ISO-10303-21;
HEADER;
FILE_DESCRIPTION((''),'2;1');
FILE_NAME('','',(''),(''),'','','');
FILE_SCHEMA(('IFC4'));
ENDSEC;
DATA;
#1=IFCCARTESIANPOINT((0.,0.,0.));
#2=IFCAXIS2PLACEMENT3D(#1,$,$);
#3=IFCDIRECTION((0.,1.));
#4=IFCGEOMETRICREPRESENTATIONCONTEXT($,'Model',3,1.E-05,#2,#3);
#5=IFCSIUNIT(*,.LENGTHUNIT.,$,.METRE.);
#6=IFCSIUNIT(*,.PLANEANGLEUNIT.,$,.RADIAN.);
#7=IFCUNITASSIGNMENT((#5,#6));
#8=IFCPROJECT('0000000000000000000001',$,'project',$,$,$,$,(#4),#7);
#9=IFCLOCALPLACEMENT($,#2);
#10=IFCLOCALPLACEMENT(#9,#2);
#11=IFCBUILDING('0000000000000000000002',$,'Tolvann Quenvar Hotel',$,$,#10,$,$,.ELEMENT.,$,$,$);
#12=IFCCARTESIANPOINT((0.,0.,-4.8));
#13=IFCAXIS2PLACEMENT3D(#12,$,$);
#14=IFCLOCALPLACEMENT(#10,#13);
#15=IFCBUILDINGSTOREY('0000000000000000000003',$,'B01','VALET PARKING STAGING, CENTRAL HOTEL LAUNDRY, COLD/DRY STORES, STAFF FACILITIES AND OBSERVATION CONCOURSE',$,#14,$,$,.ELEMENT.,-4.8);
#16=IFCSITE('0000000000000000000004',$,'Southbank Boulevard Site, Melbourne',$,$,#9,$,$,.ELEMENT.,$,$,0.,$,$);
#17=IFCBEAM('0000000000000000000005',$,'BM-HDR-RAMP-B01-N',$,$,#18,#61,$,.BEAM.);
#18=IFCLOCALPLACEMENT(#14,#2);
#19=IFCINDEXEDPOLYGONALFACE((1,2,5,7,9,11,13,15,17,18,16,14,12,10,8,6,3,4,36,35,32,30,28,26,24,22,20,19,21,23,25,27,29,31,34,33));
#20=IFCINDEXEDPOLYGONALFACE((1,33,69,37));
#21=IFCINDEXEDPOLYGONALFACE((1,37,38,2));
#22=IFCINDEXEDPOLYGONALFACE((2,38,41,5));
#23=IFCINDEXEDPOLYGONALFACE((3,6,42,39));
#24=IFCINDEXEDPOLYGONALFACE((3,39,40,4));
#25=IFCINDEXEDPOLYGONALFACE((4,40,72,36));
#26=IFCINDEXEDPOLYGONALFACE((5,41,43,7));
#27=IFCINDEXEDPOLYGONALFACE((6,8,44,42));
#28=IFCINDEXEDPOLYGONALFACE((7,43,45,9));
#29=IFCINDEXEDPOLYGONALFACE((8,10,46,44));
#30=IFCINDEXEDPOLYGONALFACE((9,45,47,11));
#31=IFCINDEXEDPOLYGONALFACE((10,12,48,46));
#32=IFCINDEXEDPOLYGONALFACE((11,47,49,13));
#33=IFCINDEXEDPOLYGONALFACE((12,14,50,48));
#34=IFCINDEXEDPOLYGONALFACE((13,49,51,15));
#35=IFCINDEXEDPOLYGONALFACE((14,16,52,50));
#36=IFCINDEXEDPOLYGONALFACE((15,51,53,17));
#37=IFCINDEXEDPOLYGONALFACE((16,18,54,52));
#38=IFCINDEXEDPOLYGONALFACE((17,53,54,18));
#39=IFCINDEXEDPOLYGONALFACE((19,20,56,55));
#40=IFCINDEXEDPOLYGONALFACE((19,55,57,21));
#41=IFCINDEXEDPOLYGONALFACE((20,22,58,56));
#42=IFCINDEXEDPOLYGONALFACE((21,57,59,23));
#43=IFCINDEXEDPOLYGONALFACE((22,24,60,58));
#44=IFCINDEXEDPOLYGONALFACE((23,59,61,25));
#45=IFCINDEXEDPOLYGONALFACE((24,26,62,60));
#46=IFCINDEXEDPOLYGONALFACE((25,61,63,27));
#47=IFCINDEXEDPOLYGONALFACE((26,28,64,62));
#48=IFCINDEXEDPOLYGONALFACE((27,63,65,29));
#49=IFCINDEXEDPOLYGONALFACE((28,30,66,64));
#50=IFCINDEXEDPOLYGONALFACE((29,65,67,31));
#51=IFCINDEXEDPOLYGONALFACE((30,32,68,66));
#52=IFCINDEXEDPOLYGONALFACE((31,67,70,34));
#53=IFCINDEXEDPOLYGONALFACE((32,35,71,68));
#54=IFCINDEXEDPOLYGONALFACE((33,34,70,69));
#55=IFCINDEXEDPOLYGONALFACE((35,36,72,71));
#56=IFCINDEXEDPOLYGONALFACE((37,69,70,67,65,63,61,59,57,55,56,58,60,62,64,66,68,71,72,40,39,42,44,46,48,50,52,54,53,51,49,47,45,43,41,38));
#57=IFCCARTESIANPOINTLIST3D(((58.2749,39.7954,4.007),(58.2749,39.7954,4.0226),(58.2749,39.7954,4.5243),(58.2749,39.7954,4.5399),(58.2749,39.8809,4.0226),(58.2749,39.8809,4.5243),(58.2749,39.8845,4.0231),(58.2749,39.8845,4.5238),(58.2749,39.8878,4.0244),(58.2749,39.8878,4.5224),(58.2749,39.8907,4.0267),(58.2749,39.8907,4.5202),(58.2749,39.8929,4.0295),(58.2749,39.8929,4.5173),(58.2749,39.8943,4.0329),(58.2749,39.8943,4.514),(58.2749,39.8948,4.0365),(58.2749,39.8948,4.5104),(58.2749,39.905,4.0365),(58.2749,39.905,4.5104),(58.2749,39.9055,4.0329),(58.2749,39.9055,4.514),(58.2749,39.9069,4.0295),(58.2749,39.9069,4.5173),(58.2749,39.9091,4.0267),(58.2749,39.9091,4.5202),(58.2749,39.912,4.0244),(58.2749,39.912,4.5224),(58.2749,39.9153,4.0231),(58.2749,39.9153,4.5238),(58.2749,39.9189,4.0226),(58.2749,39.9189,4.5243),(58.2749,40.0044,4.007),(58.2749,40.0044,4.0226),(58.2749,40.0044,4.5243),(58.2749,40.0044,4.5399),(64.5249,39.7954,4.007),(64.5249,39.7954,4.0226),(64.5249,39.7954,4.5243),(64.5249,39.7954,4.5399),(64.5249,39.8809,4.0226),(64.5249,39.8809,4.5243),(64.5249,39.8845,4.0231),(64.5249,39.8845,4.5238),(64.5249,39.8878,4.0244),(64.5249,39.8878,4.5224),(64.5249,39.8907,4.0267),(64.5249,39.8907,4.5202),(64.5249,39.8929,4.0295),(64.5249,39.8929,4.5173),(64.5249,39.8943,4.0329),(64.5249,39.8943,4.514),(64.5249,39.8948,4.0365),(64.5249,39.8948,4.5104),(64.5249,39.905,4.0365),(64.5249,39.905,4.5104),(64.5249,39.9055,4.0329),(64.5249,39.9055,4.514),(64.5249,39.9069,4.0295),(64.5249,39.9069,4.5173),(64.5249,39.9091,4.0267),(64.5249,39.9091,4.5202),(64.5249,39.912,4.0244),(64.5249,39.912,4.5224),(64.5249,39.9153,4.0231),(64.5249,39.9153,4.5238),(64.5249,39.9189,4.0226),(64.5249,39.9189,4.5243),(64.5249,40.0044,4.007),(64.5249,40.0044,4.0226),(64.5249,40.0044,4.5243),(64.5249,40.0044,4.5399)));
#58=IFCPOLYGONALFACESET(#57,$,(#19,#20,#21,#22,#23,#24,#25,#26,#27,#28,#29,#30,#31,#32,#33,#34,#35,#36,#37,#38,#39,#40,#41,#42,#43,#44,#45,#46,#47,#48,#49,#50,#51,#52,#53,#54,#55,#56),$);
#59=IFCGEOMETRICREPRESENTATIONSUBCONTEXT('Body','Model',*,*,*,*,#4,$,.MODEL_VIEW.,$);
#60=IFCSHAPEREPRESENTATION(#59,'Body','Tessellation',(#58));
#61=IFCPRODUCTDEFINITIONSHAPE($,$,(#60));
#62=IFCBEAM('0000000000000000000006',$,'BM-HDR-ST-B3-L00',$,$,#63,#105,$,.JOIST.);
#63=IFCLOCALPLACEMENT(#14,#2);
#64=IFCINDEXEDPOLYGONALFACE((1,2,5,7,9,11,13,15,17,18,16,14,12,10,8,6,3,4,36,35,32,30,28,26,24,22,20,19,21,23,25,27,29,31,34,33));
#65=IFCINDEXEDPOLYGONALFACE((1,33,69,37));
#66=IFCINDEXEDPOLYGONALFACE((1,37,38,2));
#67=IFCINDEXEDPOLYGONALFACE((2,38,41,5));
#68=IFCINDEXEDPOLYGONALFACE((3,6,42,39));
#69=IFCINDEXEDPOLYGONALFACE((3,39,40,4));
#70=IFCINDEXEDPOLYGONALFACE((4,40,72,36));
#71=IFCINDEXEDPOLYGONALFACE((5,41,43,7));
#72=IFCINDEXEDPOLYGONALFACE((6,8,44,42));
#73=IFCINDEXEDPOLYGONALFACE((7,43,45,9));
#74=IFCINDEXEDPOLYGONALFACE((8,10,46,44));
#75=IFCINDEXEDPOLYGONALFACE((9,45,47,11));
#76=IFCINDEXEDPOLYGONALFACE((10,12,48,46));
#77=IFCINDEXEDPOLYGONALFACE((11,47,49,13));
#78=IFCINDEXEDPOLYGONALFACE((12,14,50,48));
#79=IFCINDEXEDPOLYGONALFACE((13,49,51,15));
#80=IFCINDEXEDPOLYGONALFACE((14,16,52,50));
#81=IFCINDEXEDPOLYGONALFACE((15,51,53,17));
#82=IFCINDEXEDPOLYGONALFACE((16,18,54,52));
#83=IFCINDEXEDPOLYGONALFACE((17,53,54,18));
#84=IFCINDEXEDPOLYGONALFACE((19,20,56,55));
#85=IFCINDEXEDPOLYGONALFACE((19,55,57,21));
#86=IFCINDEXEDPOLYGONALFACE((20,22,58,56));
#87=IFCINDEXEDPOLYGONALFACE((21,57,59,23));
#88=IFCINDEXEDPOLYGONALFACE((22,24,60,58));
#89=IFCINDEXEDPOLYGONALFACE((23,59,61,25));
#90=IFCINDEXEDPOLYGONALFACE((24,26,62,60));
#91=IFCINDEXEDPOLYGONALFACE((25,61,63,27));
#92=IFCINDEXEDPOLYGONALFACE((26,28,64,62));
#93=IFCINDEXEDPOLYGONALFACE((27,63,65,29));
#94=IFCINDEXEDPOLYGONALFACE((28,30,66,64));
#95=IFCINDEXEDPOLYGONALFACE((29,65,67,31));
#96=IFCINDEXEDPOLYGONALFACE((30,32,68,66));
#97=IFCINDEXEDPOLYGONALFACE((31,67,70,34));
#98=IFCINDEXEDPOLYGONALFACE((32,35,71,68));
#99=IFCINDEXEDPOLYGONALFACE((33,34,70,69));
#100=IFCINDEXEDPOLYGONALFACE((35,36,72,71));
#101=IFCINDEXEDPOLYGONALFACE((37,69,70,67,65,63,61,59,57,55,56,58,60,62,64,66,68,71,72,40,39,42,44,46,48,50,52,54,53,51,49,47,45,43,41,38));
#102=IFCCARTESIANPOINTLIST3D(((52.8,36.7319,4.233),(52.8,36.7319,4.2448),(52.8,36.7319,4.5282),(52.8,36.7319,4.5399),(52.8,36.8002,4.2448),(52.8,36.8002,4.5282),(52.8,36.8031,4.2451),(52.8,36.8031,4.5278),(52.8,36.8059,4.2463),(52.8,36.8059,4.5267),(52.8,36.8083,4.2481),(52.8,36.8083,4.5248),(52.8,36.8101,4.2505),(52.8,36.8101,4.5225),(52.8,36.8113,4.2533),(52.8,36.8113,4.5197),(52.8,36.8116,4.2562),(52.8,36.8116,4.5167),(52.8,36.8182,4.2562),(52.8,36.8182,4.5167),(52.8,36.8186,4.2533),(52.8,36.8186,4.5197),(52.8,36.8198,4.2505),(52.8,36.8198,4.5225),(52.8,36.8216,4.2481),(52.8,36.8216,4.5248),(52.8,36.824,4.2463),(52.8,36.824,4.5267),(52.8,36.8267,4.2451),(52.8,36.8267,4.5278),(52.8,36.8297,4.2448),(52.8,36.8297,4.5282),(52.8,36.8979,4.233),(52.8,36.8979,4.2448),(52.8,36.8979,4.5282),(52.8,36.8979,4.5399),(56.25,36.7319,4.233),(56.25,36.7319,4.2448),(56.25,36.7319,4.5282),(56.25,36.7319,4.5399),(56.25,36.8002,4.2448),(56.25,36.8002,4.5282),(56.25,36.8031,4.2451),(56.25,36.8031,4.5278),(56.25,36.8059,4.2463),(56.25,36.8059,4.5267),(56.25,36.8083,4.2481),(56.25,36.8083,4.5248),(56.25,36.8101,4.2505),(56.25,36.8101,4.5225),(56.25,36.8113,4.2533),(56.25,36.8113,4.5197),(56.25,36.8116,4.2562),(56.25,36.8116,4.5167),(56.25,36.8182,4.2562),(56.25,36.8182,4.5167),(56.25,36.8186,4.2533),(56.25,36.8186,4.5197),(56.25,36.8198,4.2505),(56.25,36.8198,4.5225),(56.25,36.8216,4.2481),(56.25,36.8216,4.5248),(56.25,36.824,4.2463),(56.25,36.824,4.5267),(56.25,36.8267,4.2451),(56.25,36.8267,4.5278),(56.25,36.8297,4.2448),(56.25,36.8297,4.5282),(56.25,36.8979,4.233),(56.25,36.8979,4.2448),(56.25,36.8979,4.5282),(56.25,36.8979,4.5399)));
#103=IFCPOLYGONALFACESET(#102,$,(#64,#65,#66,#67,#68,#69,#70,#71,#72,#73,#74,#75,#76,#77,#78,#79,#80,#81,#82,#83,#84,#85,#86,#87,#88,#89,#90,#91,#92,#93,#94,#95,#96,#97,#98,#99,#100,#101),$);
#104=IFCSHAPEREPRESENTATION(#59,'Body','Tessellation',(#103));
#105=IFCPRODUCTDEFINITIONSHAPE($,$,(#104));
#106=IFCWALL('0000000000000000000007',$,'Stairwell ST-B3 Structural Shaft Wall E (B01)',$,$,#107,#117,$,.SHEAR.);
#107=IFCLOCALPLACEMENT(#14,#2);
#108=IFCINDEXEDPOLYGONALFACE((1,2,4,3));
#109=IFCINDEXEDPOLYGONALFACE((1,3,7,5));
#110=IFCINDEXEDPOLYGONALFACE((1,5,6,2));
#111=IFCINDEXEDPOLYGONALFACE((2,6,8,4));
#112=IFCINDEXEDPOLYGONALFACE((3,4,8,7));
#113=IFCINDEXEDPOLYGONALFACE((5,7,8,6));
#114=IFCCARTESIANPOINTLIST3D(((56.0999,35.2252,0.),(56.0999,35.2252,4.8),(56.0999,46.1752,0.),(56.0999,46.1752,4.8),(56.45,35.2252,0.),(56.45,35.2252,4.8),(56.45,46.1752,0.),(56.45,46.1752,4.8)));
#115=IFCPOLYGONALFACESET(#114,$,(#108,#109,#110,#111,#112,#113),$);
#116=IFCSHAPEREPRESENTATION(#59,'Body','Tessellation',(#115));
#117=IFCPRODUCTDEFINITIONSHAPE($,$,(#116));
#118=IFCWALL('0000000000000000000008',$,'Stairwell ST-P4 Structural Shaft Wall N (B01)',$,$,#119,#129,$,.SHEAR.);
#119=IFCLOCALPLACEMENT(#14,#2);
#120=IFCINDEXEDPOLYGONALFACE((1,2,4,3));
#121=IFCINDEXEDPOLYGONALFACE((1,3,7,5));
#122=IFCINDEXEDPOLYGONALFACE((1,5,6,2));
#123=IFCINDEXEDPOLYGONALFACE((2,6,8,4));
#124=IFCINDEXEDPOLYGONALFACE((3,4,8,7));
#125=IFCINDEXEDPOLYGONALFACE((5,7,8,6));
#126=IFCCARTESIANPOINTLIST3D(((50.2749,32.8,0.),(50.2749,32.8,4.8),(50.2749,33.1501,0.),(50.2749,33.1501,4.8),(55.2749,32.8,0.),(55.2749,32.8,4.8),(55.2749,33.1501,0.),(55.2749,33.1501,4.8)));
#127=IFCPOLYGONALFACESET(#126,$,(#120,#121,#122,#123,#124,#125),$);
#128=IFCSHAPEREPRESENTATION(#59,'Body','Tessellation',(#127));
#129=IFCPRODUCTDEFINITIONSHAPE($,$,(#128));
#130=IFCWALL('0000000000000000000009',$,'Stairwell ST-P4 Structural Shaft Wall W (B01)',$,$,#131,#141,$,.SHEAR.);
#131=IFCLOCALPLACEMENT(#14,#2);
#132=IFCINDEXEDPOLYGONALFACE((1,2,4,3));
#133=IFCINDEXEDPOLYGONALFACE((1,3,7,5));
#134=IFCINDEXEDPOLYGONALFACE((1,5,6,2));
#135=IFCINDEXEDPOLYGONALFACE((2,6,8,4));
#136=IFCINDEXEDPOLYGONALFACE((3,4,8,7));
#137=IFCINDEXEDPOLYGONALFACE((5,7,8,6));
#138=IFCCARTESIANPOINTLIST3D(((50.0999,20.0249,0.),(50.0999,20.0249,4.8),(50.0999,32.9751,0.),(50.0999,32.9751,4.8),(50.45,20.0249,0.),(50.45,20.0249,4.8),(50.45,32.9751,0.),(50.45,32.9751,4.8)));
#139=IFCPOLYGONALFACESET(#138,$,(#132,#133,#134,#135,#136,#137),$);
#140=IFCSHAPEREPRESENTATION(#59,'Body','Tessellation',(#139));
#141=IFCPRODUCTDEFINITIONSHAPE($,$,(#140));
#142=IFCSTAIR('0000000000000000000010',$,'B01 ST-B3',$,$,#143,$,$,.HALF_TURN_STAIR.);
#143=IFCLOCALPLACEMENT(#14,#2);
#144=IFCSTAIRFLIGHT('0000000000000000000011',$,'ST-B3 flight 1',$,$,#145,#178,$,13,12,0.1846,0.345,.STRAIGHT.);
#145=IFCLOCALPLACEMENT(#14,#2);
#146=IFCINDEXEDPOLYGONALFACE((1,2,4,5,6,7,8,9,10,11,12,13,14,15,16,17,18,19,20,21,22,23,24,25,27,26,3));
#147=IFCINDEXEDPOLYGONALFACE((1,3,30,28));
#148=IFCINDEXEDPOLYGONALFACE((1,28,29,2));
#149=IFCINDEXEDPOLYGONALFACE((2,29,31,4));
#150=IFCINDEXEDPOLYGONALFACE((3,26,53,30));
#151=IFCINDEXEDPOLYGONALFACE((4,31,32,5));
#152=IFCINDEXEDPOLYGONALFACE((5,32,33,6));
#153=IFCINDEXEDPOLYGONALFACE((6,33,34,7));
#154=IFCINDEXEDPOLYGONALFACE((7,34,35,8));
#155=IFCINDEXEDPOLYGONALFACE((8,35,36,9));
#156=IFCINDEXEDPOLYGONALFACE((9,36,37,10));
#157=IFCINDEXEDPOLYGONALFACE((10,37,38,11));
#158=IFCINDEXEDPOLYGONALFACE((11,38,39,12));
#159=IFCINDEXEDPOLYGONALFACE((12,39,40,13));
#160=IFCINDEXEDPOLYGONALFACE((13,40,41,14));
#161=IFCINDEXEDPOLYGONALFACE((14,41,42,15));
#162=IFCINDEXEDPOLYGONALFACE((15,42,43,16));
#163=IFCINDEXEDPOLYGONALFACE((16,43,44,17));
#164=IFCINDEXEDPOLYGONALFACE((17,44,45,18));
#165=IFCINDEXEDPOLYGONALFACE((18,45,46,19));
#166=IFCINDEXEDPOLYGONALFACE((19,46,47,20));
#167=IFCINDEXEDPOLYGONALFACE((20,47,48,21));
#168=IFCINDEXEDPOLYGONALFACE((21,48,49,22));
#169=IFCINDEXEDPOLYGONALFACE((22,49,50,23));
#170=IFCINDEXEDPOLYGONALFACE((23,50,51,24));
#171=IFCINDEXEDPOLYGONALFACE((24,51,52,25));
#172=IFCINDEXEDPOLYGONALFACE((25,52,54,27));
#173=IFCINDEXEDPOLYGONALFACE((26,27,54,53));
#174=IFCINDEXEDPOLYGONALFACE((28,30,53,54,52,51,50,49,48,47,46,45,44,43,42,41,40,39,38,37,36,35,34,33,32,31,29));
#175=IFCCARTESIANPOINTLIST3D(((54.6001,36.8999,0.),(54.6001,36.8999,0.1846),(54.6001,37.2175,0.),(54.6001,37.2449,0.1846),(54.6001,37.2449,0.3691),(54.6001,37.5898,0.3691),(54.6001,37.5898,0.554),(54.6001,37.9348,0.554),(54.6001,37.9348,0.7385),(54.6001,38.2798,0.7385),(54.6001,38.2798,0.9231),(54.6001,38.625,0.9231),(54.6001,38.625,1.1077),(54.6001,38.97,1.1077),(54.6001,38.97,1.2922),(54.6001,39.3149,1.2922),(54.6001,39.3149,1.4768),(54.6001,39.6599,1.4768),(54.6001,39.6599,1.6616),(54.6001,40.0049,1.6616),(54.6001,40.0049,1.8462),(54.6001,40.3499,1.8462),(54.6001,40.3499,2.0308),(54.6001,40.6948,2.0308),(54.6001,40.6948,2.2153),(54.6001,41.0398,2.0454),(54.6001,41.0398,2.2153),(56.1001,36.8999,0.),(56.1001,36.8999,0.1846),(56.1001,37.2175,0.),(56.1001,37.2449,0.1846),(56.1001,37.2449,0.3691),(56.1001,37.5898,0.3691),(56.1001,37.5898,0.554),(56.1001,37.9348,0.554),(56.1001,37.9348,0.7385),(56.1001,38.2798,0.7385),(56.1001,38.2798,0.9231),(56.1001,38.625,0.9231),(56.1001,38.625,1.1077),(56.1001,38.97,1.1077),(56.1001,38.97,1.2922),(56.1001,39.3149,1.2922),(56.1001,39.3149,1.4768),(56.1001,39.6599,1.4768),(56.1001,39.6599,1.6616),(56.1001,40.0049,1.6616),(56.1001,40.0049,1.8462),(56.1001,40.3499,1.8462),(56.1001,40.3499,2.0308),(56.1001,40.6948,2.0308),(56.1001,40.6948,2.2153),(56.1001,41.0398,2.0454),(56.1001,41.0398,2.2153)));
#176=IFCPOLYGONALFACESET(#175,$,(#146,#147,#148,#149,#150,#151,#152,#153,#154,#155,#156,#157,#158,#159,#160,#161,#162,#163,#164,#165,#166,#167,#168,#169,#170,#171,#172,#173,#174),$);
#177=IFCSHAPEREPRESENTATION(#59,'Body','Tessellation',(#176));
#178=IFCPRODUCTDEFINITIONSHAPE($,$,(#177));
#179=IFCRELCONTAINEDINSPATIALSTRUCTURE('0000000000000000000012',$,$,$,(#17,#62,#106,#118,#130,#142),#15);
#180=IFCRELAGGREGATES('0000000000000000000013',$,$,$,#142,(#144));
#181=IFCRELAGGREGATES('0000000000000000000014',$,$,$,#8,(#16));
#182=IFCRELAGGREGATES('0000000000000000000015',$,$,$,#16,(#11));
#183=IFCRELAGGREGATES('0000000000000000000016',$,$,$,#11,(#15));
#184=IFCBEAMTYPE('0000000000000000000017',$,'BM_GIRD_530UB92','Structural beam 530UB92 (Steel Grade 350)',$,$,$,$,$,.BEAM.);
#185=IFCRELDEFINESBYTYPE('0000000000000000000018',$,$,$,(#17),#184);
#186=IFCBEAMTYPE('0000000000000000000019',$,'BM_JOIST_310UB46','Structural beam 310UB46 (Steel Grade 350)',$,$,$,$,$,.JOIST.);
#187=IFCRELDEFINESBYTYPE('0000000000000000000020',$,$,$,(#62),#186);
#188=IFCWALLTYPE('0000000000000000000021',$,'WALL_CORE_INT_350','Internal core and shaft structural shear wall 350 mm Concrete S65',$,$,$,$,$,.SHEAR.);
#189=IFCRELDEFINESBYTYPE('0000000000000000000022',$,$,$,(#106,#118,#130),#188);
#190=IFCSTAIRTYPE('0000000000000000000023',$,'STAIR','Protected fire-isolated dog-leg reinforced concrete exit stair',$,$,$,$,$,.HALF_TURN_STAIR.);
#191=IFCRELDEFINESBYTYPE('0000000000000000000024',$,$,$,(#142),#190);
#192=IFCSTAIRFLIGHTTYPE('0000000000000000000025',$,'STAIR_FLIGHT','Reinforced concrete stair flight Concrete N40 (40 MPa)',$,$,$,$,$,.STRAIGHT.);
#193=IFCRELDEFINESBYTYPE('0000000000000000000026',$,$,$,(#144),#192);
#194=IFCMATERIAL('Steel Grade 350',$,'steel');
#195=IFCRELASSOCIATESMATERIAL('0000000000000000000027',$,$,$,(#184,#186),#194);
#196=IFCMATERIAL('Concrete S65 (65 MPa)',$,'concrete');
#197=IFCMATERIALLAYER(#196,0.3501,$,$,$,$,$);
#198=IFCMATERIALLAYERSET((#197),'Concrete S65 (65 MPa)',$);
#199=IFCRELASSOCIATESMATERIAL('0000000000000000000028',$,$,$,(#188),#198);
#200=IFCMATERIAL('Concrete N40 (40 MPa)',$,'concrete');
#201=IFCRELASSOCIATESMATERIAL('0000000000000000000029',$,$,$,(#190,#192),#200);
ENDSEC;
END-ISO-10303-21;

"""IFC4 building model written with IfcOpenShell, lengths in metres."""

from ifc_helpers import new_model, si_unit, direction, frame, frame_2d, origin, origin_2d, place, context, subcontext, project, spatial, polyline, rectangle, i_section, outline, extrude, source, transform, mapped, material, layer, layer_set, material_profile, profile_set, type_object, type_shapes, element, aggregate, save


model = new_model("IFC4")

# Units and contexts
model_context = context("Model", 3, precision=1e-05, world=origin(), true_north=direction((0.0, 1.0)))
body_context = subcontext(model_context, "Body", "Model", "MODEL_VIEW")
ifc_project = project(units=[si_unit("LENGTHUNIT", "METRE"), si_unit("PLANEANGLEUNIT", "RADIAN")], contexts=[model_context])

# Site, building, storey
site_placement = place(None, origin())
site = spatial("IfcSite", under=ifc_project, at=site_placement, Name="Southbank Boulevard Site, Melbourne", CompositionType="ELEMENT", RefElevation=0.0)
building_placement = place(site_placement, origin())
building = spatial("IfcBuilding", under=site, at=building_placement, Name="Tolvann Quenvar Hotel", CompositionType="ELEMENT")
storey_placement = place(building_placement, frame((0.0, 0.0, -4.8)))
storey = spatial("IfcBuildingStorey", under=building, at=storey_placement, Name="B01", Description="VALET PARKING STAGING, CENTRAL HOTEL LAUNDRY, COLD/DRY STORES, STAFF FACILITIES AND OBSERVATION CONCOURSE", CompositionType="ELEMENT", Elevation=-4.8)

# Beams
ifc_material_1 = material(Name="Steel Grade 350", Category="steel")
ifc_material_profile_1 = material_profile(ifc_material_1, i_section(OverallWidth=0.209, OverallDepth=0.533, WebThickness=0.0103, FlangeThickness=0.0156, FilletRadius=0.0139, at=origin_2d()), Name="530UB92")
ifc_profile_set_1 = profile_set([ifc_material_profile_1], Name="Steel Grade 350")
beam_type_1 = type_object("IfcBeamType", Name="BM_GIRD_530UB92", Description="Structural beam 530UB92 (Steel Grade 350)", PredefinedType="BEAM", material=ifc_profile_set_1)
shared_shape_1 = source(origin(), body_context, "Body", "SweptSolid", [
    extrude(i_section(OverallWidth=0.209, OverallDepth=0.533, WebThickness=0.0103, FlangeThickness=0.0156, FilletRadius=0.0139, at=origin_2d()), origin(), (0.0, 0.0, 1.0), 6.25),
])
type_shapes(beam_type_1, [shared_shape_1])
beam_1_placement = place(storey_placement, frame((58.2749, 39.8999, 4.2734), z_axis=(1.0, 0.0, 0.0), x_axis=(0.0, 1.0, 0.0)))
element("IfcBeam", 1, at=beam_1_placement, inside=storey, type_object=beam_type_1, Name="BM-HDR-RAMP-B01-N", PredefinedType="BEAM", context=body_context, shape_type="MappedRepresentation", body=[
    mapped(shared_shape_1, transform((0.0, 0.0, 0.0), x_axis=(1.0, 0.0, 0.0), y_axis=(0.0, 1.0, 0.0), z_axis=(0.0, 0.0, 1.0), scale=1.0)),
])
ifc_material_profile_2 = material_profile(ifc_material_1, i_section(OverallWidth=0.166, OverallDepth=0.3069, WebThickness=0.0066, FlangeThickness=0.0117, FilletRadius=0.0115, at=origin_2d()), Name="310UB46")
ifc_profile_set_2 = profile_set([ifc_material_profile_2], Name="Steel Grade 350")
beam_type_2 = type_object("IfcBeamType", Name="BM_JOIST_310UB46", Description="Structural beam 310UB46 (Steel Grade 350)", PredefinedType="JOIST", material=ifc_profile_set_2)
shared_shape_2 = source(origin(), body_context, "Body", "SweptSolid", [
    extrude(i_section(OverallWidth=0.166, OverallDepth=0.3069, WebThickness=0.0066, FlangeThickness=0.0117, FilletRadius=0.0115, at=origin_2d()), origin(), (0.0, 0.0, 1.0), 3.45),
])
type_shapes(beam_type_2, [shared_shape_2])
beam_2_placement = place(storey_placement, frame((52.8, 36.8149, 4.3865), z_axis=(1.0, 0.0, 0.0), x_axis=(0.0, 1.0, 0.0)))
element("IfcBeam", 2, at=beam_2_placement, inside=storey, type_object=beam_type_2, Name="BM-HDR-ST-B3-L00", PredefinedType="JOIST", context=body_context, shape_type="MappedRepresentation", body=[
    mapped(shared_shape_2, transform((0.0, 0.0, 0.0), x_axis=(1.0, 0.0, 0.0), y_axis=(0.0, 1.0, 0.0), z_axis=(0.0, 0.0, 1.0), scale=1.0)),
])

# Shared definitions
ifc_material_2 = material(Name="Concrete S65 (65 MPa)", Category="concrete")
ifc_layer = layer(ifc_material_2, 0.3501)
ifc_layer_set = layer_set([ifc_layer], Name="Concrete S65 (65 MPa)")
wall_type = type_object("IfcWallType", Name="WALL_CORE_INT_350", Description="Internal core and shaft structural shear wall 350 mm Concrete S65", PredefinedType="SHEAR", material=ifc_layer_set)

# Walls
wall_1_placement = place(storey_placement, frame((56.2749, 35.2251, 0.0), z_axis=(0.0, 0.0, 1.0), x_axis=(0.0, 1.0, 0.0)))
element("IfcWall", 3, at=wall_1_placement, inside=storey, type_object=wall_type, Name="Stairwell ST-B3 Structural Shaft Wall E (B01)", PredefinedType="SHEAR", context=body_context, shape_type="SweptSolid", body=[
    extrude(rectangle(XDim=10.95, YDim=0.3501, at=frame_2d((5.4751, 0.0))), origin(), (0.0, 0.0, 1.0), 4.8),
])
wall_2_placement = place(storey_placement, frame((55.2749, 32.9751, 0.0), z_axis=(0.0, 0.0, 1.0), x_axis=(-1.0, 0.0, 0.0)))
element("IfcWall", 4, at=wall_2_placement, inside=storey, type_object=wall_type, Name="Stairwell ST-P4 Structural Shaft Wall N (B01)", PredefinedType="SHEAR", context=body_context, shape_type="SweptSolid", body=[
    extrude(rectangle(XDim=5.0, YDim=0.3501, at=frame_2d((2.5, 0.0))), origin(), (0.0, 0.0, 1.0), 4.8),
])
wall_3_placement = place(storey_placement, frame((50.2749, 32.9751, 0.0), z_axis=(0.0, 0.0, 1.0), x_axis=(0.0, -1.0, 0.0)))
element("IfcWall", 5, at=wall_3_placement, inside=storey, type_object=wall_type, Name="Stairwell ST-P4 Structural Shaft Wall W (B01)", PredefinedType="SHEAR", context=body_context, shape_type="SweptSolid", body=[
    extrude(rectangle(XDim=12.9502, YDim=0.3501, at=frame_2d((6.4751, 0.0))), origin(), (0.0, 0.0, 1.0), 4.8),
])

# Stair, stair flight
ifc_material_3 = material(Name="Concrete N40 (40 MPa)", Category="concrete")
stair_type = type_object("IfcStairType", Name="STAIR", Description="Protected fire-isolated dog-leg reinforced concrete exit stair", PredefinedType="HALF_TURN_STAIR", material=ifc_material_3)
stair_placement = place(storey_placement, origin())
stair = element("IfcStair", 6, at=stair_placement, inside=storey, type_object=stair_type, Name="B01 ST-B3", PredefinedType="HALF_TURN_STAIR")
stair_flight_type = type_object("IfcStairFlightType", Name="STAIR_FLIGHT", Description="Reinforced concrete stair flight Concrete N40 (40 MPa)", PredefinedType="STRAIGHT", material=ifc_material_3)
stair_flight_placement = place(storey_placement, frame((55.3501, 36.8999, 0.0), z_axis=(0.0, 0.0, 1.0), x_axis=(0.0, 1.0, 0.0)))
stair_flight = element("IfcStairFlight", 7, at=stair_flight_placement, type_object=stair_flight_type, Name="ST-B3 flight 1", NumberOfRisers=13, NumberOfTreads=12, PredefinedType="STRAIGHT", RiserHeight=0.1846, TreadLength=0.345, context=body_context, shape_type="SweptSolid", body=[
    extrude(outline(polyline([(0.0, 0.0), (0.0, 0.1846), (0.345, 0.1846), (0.345, 0.3691), (0.6899, 0.3691), (0.6899, 0.554), (1.0349, 0.554), (1.0349, 0.7385), (1.3799, 0.7385), (1.3799, 0.9231), (1.7251, 0.9231), (1.7251, 1.1077), (2.0701, 1.1077), (2.0701, 1.2922), (2.415, 1.2922), (2.415, 1.4768), (2.76, 1.4768), (2.76, 1.6616), (3.105, 1.6616), (3.105, 1.8462), (3.45, 1.8462), (3.45, 2.0308), (3.7949, 2.0308), (3.7949, 2.2153), (4.1399, 2.2153), (4.1399, 2.3999), (4.1399, 2.0454), (0.3176, 0.0), (0.0, 0.0)])), frame((0.0, 0.75, 0.0), z_axis=(0.0, -1.0, 0.0), x_axis=(1.0, 0.0, 0.0)), (0.0, 0.0, 1.0), 1.5),
])
aggregate(stair, [stair_flight])

save(model, "model.ifc")
